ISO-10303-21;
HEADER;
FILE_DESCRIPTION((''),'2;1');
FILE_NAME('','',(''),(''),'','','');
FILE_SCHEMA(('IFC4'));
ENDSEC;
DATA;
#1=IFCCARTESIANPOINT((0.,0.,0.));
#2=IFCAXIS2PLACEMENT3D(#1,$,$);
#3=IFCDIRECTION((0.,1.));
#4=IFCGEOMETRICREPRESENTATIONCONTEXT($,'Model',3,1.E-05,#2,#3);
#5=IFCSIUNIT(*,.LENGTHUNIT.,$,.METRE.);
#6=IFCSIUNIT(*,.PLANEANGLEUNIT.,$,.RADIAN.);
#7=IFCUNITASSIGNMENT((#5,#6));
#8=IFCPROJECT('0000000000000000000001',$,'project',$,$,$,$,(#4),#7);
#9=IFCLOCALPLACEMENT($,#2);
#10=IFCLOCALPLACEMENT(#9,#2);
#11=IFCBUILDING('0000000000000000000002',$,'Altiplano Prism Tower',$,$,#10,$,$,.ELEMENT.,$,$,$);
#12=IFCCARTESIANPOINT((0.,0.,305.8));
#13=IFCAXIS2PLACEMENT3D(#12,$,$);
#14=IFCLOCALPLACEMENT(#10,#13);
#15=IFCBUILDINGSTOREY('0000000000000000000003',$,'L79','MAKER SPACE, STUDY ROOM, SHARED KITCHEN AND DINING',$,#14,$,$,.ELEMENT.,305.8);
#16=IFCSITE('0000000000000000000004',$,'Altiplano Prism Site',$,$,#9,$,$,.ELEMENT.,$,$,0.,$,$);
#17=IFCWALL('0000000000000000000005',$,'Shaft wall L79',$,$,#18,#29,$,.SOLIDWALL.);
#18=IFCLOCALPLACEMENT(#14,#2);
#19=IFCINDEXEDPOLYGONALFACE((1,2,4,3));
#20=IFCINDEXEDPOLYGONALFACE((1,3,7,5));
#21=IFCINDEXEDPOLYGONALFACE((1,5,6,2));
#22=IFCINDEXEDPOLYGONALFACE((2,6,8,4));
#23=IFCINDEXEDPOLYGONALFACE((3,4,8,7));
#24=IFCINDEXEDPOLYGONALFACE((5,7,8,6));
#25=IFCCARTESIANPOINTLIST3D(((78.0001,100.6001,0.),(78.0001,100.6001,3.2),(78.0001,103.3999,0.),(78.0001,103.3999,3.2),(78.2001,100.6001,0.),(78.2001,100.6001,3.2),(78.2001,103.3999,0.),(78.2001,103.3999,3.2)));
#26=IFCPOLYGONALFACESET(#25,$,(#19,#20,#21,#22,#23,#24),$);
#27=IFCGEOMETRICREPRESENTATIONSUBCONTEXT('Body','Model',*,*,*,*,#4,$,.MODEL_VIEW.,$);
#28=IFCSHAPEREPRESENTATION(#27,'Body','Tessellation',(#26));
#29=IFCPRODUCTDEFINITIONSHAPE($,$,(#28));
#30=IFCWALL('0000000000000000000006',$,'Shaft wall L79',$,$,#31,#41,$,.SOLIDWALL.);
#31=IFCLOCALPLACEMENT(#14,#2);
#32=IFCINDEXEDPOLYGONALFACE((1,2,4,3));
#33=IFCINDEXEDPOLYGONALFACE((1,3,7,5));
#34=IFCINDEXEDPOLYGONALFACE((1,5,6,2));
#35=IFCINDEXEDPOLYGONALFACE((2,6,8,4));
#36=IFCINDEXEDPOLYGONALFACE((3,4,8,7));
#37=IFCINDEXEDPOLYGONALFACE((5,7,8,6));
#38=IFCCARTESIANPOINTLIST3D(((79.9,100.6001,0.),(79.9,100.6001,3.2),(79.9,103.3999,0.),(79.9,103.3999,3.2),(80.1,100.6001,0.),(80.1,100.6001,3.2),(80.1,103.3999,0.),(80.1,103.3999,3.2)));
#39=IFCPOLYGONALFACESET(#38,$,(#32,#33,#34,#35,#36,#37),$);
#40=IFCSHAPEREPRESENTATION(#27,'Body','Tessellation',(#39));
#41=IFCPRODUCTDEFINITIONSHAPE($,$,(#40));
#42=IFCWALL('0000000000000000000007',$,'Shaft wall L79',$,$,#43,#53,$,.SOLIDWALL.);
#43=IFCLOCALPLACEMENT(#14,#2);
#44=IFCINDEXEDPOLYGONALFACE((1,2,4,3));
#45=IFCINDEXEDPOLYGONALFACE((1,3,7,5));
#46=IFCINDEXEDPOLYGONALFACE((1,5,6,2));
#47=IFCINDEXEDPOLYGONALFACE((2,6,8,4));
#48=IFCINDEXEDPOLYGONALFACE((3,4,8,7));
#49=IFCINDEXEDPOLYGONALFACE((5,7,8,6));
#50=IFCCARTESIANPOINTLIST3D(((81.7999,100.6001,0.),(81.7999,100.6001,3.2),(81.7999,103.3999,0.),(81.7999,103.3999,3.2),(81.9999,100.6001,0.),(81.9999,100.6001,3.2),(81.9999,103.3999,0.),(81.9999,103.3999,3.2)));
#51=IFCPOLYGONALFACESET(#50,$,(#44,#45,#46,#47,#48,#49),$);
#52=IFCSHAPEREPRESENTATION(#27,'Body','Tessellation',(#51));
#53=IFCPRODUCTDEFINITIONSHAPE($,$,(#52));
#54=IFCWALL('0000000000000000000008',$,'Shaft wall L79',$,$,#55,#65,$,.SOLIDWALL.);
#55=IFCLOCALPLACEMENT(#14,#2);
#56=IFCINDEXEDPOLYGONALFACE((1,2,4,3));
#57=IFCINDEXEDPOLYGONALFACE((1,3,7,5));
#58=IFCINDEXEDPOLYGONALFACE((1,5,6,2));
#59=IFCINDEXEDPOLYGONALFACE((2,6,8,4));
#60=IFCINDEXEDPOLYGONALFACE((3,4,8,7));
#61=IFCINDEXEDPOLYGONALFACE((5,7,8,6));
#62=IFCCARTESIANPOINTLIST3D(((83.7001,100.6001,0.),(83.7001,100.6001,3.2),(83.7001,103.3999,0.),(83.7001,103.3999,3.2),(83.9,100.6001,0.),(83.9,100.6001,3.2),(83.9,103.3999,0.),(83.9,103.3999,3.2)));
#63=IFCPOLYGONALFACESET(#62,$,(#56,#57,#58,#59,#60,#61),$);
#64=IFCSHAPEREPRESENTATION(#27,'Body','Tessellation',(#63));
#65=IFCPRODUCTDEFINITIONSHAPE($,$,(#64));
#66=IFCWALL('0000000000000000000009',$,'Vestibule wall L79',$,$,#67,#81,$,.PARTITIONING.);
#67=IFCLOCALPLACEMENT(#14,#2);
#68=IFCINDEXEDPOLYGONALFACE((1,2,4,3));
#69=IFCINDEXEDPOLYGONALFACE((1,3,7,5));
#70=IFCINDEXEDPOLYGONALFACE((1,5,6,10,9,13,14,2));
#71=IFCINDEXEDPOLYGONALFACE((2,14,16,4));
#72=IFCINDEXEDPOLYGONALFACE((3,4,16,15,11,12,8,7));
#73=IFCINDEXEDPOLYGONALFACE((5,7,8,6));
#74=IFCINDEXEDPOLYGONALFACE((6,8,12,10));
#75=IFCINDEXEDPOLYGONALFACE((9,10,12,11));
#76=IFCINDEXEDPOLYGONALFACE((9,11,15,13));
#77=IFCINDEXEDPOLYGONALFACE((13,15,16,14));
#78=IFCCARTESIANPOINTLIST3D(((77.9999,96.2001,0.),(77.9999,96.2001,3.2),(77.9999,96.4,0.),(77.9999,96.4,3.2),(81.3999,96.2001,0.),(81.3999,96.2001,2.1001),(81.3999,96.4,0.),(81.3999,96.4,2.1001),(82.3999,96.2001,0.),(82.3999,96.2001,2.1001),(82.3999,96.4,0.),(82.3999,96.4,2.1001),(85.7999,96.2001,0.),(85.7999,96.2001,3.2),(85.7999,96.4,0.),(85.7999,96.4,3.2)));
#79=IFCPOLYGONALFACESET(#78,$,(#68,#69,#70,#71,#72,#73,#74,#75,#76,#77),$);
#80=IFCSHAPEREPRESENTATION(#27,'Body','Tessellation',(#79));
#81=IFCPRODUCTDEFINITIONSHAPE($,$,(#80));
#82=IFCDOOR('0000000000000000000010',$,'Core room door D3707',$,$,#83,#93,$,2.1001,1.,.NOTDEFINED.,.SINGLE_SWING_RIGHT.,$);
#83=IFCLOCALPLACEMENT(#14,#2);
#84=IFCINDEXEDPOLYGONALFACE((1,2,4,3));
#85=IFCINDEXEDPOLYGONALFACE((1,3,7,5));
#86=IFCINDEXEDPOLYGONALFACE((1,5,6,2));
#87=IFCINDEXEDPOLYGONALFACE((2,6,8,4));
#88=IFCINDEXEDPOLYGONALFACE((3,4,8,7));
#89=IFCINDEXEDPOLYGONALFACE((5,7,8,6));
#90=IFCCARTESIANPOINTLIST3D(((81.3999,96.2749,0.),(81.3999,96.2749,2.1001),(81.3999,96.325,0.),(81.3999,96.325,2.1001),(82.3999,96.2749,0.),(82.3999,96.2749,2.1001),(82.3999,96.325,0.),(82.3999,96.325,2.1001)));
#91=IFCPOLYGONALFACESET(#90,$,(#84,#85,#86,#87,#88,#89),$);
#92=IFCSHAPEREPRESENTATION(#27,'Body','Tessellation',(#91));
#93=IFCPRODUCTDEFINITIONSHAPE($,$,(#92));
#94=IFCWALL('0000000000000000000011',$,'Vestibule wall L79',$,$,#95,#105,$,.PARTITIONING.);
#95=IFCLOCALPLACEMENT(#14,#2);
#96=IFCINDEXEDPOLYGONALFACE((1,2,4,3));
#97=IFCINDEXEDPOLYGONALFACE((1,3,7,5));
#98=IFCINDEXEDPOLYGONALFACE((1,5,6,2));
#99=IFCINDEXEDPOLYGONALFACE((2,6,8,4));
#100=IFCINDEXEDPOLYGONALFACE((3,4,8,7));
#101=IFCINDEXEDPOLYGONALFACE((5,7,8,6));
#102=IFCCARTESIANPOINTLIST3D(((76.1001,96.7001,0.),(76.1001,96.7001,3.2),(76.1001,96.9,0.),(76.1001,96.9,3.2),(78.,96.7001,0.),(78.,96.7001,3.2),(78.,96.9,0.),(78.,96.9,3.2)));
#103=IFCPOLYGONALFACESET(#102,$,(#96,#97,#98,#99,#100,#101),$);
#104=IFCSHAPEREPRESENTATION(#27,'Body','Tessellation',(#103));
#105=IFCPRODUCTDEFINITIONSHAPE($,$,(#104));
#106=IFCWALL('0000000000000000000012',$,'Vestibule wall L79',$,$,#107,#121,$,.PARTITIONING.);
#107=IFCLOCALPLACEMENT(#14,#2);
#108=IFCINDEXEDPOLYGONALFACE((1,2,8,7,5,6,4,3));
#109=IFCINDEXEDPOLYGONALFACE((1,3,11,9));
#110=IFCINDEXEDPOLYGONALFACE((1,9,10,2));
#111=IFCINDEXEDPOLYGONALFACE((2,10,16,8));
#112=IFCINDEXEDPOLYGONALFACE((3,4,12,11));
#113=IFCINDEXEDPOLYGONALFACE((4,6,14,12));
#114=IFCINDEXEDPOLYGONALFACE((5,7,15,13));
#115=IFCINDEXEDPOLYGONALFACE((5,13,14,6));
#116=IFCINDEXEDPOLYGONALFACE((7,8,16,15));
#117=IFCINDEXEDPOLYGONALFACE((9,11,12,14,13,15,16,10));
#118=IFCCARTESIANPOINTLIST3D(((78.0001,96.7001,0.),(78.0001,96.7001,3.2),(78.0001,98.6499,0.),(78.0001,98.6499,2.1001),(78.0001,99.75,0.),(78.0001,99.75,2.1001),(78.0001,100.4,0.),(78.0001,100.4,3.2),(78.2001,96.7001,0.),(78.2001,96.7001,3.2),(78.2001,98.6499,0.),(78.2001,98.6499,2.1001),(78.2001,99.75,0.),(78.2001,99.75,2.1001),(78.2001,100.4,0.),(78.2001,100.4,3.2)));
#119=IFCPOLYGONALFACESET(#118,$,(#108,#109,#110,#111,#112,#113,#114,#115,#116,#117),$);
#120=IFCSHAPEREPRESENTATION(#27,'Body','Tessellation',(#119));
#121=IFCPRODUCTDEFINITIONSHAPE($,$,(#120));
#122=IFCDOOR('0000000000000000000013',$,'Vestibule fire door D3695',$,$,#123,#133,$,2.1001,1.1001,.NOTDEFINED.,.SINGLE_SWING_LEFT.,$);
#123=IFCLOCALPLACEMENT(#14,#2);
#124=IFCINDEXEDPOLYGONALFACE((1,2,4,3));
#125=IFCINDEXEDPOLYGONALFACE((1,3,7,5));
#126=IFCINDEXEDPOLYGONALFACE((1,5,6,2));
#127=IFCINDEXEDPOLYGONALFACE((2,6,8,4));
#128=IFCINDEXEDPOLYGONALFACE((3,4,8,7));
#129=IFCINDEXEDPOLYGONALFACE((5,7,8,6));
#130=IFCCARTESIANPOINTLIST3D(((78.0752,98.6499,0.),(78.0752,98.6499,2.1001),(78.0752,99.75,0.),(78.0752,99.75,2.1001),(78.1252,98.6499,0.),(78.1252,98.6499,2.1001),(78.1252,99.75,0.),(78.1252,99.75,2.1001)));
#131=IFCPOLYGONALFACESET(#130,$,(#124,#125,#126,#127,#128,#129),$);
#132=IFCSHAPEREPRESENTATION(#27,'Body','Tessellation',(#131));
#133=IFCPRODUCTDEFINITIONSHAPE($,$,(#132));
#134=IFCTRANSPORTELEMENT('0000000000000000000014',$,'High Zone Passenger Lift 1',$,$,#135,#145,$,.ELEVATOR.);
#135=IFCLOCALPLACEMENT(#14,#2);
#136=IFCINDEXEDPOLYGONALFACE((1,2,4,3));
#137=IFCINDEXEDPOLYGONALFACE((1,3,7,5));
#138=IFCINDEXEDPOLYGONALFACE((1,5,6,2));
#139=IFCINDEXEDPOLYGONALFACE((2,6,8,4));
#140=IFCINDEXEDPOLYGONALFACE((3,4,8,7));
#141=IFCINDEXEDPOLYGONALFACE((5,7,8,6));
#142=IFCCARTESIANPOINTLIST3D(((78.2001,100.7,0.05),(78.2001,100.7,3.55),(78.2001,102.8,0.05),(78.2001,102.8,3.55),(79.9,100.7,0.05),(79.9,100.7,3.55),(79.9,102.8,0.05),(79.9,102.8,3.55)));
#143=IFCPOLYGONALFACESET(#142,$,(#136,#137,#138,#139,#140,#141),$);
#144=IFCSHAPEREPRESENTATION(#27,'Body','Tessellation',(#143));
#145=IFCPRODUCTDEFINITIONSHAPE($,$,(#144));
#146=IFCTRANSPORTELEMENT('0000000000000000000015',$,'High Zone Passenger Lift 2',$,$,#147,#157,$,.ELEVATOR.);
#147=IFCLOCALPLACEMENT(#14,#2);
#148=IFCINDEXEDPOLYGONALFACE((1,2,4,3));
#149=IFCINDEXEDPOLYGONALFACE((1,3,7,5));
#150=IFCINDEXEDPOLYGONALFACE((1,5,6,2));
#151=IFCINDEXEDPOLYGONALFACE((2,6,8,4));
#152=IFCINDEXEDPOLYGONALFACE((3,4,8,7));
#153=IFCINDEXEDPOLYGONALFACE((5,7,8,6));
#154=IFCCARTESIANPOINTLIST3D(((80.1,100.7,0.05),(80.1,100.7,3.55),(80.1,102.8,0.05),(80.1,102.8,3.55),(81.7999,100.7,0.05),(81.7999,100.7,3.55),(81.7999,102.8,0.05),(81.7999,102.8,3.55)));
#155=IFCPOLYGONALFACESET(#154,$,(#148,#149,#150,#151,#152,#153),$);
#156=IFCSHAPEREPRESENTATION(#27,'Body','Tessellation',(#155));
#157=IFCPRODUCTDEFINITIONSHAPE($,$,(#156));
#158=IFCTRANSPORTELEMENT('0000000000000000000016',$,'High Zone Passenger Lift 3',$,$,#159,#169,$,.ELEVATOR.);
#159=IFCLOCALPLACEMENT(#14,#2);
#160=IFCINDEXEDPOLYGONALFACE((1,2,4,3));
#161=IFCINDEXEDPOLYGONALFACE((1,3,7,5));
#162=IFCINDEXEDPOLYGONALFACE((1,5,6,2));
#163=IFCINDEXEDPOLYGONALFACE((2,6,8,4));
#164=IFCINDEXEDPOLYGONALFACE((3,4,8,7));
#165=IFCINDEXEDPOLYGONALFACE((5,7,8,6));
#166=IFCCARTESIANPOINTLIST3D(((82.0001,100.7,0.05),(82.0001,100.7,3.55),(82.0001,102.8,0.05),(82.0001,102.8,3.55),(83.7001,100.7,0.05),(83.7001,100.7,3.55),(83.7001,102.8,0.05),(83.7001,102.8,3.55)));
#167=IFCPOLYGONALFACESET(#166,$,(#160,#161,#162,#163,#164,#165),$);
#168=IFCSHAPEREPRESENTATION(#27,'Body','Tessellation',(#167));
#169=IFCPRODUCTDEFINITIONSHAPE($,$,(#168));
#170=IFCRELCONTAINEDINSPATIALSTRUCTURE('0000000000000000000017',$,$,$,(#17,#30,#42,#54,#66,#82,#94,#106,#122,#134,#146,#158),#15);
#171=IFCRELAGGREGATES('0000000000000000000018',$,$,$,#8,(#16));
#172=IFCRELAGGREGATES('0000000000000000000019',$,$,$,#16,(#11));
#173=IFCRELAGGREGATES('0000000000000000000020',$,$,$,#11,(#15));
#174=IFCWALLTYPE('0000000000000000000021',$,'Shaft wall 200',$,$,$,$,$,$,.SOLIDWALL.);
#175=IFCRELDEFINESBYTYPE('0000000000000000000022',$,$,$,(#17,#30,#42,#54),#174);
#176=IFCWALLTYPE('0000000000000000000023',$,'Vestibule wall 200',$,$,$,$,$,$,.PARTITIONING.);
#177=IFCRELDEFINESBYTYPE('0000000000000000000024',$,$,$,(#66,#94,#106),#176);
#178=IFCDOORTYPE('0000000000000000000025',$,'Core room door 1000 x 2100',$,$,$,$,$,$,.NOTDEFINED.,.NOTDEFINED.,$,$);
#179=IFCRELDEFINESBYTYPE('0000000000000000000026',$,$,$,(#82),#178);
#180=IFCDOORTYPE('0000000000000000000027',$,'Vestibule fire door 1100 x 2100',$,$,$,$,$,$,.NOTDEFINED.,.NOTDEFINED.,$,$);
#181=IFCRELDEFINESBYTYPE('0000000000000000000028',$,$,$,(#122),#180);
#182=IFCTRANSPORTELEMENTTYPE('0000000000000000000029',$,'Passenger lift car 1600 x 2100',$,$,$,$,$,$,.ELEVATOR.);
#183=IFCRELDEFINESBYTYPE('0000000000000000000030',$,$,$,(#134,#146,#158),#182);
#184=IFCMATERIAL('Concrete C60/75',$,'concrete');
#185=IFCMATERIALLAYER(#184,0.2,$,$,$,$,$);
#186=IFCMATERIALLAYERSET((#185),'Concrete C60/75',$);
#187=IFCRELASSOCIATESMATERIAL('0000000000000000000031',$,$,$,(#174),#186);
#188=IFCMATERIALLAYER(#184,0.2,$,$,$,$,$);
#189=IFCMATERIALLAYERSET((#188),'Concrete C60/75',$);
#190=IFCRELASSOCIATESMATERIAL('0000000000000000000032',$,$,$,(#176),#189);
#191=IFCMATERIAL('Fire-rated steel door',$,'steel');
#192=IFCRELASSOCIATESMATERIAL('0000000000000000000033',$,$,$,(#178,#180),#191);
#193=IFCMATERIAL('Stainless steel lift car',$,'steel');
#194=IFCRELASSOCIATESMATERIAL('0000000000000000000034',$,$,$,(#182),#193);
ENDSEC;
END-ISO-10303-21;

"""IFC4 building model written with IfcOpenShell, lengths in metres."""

from ifc_helpers import new_model, si_unit, direction, frame, frame_2d, origin, origin_2d, place, context, subcontext, project, spatial, rectangle, extrude, material, layer, layer_set, type_object, element, fill, save


model = new_model("IFC4")

# Units and contexts
model_context = context("Model", 3, precision=1e-05, world=origin(), true_north=direction((0.0, 1.0)))
body_context = subcontext(model_context, "Body", "Model", "MODEL_VIEW")
ifc_project = project(units=[si_unit("LENGTHUNIT", "METRE"), si_unit("PLANEANGLEUNIT", "RADIAN")], contexts=[model_context])

# Site, building, storey
site_placement = place(None, origin())
site = spatial("IfcSite", under=ifc_project, at=site_placement, Name="Altiplano Prism Site", CompositionType="ELEMENT", RefElevation=0.0)
building_placement = place(site_placement, origin())
building = spatial("IfcBuilding", under=site, at=building_placement, Name="Altiplano Prism Tower", CompositionType="ELEMENT")
storey_placement = place(building_placement, frame((0.0, 0.0, 305.8)))
storey = spatial("IfcBuildingStorey", under=building, at=storey_placement, Name="L79", Description="MAKER SPACE, STUDY ROOM, SHARED KITCHEN AND DINING", CompositionType="ELEMENT", Elevation=305.8)

# Walls
ifc_material_1 = material(Name="Concrete C60/75", Category="concrete")
ifc_layer_1 = layer(ifc_material_1, 0.2)
ifc_layer_set_1 = layer_set([ifc_layer_1], Name="Concrete C60/75")
wall_type_1 = type_object("IfcWallType", Name="Shaft wall 200", PredefinedType="SOLIDWALL", material=ifc_layer_set_1)
for number, where, z_axis, x_axis, name in (
    (1, (78.1001, 100.6001, 0.0), (0.0, 0.0, 1.0), (0.0, 1.0, 0.0), "Shaft wall L79"),
    (2, (80.0, 100.6001, 0.0), (0.0, 0.0, 1.0), (0.0, 1.0, 0.0), "Shaft wall L79"),
    (3, (81.8999, 100.6001, 0.0), (0.0, 0.0, 1.0), (0.0, 1.0, 0.0), "Shaft wall L79"),
    (4, (83.8, 100.6001, 0.0), (0.0, 0.0, 1.0), (0.0, 1.0, 0.0), "Shaft wall L79"),
):
    element("IfcWall", number, at=place(storey_placement, frame(where, z_axis=z_axis, x_axis=x_axis)), inside=storey, type_object=wall_type_1, Name=name, PredefinedType="SOLIDWALL", context=body_context, shape_type="SweptSolid", body=[
        extrude(rectangle(XDim=2.7998, YDim=0.2, at=frame_2d((1.3999, 0.0))), origin(), (0.0, 0.0, 1.0), 3.2),
    ])

# Wall, opening, door
ifc_layer_2 = layer(ifc_material_1, 0.2)
ifc_layer_set_2 = layer_set([ifc_layer_2], Name="Concrete C60/75")
wall_type_2 = type_object("IfcWallType", Name="Vestibule wall 200", PredefinedType="PARTITIONING", material=ifc_layer_set_2)
wall_1_placement = place(storey_placement, frame((78.0, 96.3, 0.0), z_axis=(0.0, 0.0, 1.0), x_axis=(1.0, 0.0, 0.0)))
wall_1 = element("IfcWall", 5, at=wall_1_placement, inside=storey, type_object=wall_type_2, Name="Vestibule wall L79", PredefinedType="PARTITIONING", context=body_context, shape_type="SweptSolid", body=[
    extrude(rectangle(XDim=7.8, YDim=0.2, at=frame_2d((3.8999, 0.0))), origin(), (0.0, 0.0, 1.0), 3.2),
])
opening_1_placement = place(wall_1_placement, frame((3.3999, 0.0, 0.0)))
opening_1 = element("IfcOpeningElement", 6, at=opening_1_placement, cuts=wall_1, PredefinedType="OPENING", context=body_context, shape_type="SweptSolid", body=[
    extrude(rectangle(XDim=1.0, YDim=2.1001, at=frame_2d((0.5, 1.05))), frame((0.0, 0.1104, 0.0), z_axis=(0.0, -1.0, 0.0), x_axis=(1.0, 0.0, 0.0)), (0.0, 0.0, 1.0), 0.2209),
])
ifc_material_2 = material(Name="Fire-rated steel door", Category="steel")
door_type_1 = type_object("IfcDoorType", Name="Core room door 1000 x 2100", OperationType="NOTDEFINED", PredefinedType="NOTDEFINED", material=ifc_material_2)
door_1_placement = place(opening_1_placement, origin())
door_1 = element("IfcDoor", 7, at=door_1_placement, inside=storey, type_object=door_type_1, Name="Core room door D3707", OperationType="SINGLE_SWING_RIGHT", OverallHeight=2.1001, OverallWidth=1.0, PredefinedType="NOTDEFINED", context=body_context, shape_type="SweptSolid", body=[
    extrude(rectangle(XDim=1.0, YDim=2.1001, at=frame_2d((0.5, 1.05))), frame((0.0, 0.0249, 0.0), z_axis=(0.0, -1.0, 0.0), x_axis=(1.0, 0.0, 0.0)), (0.0, 0.0, 1.0), 0.05),
])
fill(opening_1, door_1)

# Wall
wall_2_placement = place(storey_placement, frame((76.1001, 96.8, 0.0), z_axis=(0.0, 0.0, 1.0), x_axis=(1.0, 0.0, 0.0)))
element("IfcWall", 8, at=wall_2_placement, inside=storey, type_object=wall_type_2, Name="Vestibule wall L79", PredefinedType="PARTITIONING", context=body_context, shape_type="SweptSolid", body=[
    extrude(rectangle(XDim=1.8999, YDim=0.2, at=frame_2d((0.95, 0.0))), origin(), (0.0, 0.0, 1.0), 3.2),
])

# Wall, opening, door
wall_3_placement = place(storey_placement, frame((78.1001, 96.7, 0.0), z_axis=(0.0, 0.0, 1.0), x_axis=(0.0, 1.0, 0.0)))
wall_3 = element("IfcWall", 9, at=wall_3_placement, inside=storey, type_object=wall_type_2, Name="Vestibule wall L79", PredefinedType="PARTITIONING", context=body_context, shape_type="SweptSolid", body=[
    extrude(rectangle(XDim=3.7, YDim=0.2, at=frame_2d((1.8501, 0.0))), origin(), (0.0, 0.0, 1.0), 3.2),
])
opening_2_placement = place(wall_3_placement, frame((1.95, 0.0, 0.0)))
opening_2 = element("IfcOpeningElement", 10, at=opening_2_placement, cuts=wall_3, PredefinedType="OPENING", context=body_context, shape_type="SweptSolid", body=[
    extrude(rectangle(XDim=1.1001, YDim=2.1001, at=frame_2d((0.55, 1.05))), frame((0.0, 0.1104, 0.0), z_axis=(0.0, -1.0, 0.0), x_axis=(1.0, 0.0, 0.0)), (0.0, 0.0, 1.0), 0.2209),
])
door_type_2 = type_object("IfcDoorType", Name="Vestibule fire door 1100 x 2100", OperationType="NOTDEFINED", PredefinedType="NOTDEFINED", material=ifc_material_2)
door_2_placement = place(opening_2_placement, origin())
door_2 = element("IfcDoor", 11, at=door_2_placement, inside=storey, type_object=door_type_2, Name="Vestibule fire door D3695", OperationType="SINGLE_SWING_LEFT", OverallHeight=2.1001, OverallWidth=1.1001, PredefinedType="NOTDEFINED", context=body_context, shape_type="SweptSolid", body=[
    extrude(rectangle(XDim=1.1001, YDim=2.1001, at=frame_2d((0.55, 1.05))), frame((0.0, 0.0249, 0.0), z_axis=(0.0, -1.0, 0.0), x_axis=(1.0, 0.0, 0.0)), (0.0, 0.0, 1.0), 0.05),
])
fill(opening_2, door_2)

# Transport elements
ifc_material_3 = material(Name="Stainless steel lift car", Category="steel")
transport_element_type = type_object("IfcTransportElementType", Name="Passenger lift car 1600 x 2100", PredefinedType="ELEVATOR", material=ifc_material_3)
for number, where, z_axis, x_axis, name in (
    (12, (79.05, 101.75, 0.05), (0.0, 0.0, 1.0), (1.0, 0.0, 0.0), "High Zone Passenger Lift 1"),
    (13, (80.95, 101.75, 0.05), (0.0, 0.0, 1.0), (1.0, 0.0, 0.0), "High Zone Passenger Lift 2"),
    (14, (82.8501, 101.75, 0.05), (0.0, 0.0, 1.0), (1.0, 0.0, 0.0), "High Zone Passenger Lift 3"),
):
    element("IfcTransportElement", number, at=place(storey_placement, frame(where, z_axis=z_axis, x_axis=x_axis)), inside=storey, type_object=transport_element_type, Name=name, PredefinedType="ELEVATOR", context=body_context, shape_type="SweptSolid", body=[
        extrude(rectangle(XDim=1.7, YDim=2.1001, at=origin_2d()), origin(), (0.0, 0.0, 1.0), 3.5),
    ])

save(model, "model.ifc")
